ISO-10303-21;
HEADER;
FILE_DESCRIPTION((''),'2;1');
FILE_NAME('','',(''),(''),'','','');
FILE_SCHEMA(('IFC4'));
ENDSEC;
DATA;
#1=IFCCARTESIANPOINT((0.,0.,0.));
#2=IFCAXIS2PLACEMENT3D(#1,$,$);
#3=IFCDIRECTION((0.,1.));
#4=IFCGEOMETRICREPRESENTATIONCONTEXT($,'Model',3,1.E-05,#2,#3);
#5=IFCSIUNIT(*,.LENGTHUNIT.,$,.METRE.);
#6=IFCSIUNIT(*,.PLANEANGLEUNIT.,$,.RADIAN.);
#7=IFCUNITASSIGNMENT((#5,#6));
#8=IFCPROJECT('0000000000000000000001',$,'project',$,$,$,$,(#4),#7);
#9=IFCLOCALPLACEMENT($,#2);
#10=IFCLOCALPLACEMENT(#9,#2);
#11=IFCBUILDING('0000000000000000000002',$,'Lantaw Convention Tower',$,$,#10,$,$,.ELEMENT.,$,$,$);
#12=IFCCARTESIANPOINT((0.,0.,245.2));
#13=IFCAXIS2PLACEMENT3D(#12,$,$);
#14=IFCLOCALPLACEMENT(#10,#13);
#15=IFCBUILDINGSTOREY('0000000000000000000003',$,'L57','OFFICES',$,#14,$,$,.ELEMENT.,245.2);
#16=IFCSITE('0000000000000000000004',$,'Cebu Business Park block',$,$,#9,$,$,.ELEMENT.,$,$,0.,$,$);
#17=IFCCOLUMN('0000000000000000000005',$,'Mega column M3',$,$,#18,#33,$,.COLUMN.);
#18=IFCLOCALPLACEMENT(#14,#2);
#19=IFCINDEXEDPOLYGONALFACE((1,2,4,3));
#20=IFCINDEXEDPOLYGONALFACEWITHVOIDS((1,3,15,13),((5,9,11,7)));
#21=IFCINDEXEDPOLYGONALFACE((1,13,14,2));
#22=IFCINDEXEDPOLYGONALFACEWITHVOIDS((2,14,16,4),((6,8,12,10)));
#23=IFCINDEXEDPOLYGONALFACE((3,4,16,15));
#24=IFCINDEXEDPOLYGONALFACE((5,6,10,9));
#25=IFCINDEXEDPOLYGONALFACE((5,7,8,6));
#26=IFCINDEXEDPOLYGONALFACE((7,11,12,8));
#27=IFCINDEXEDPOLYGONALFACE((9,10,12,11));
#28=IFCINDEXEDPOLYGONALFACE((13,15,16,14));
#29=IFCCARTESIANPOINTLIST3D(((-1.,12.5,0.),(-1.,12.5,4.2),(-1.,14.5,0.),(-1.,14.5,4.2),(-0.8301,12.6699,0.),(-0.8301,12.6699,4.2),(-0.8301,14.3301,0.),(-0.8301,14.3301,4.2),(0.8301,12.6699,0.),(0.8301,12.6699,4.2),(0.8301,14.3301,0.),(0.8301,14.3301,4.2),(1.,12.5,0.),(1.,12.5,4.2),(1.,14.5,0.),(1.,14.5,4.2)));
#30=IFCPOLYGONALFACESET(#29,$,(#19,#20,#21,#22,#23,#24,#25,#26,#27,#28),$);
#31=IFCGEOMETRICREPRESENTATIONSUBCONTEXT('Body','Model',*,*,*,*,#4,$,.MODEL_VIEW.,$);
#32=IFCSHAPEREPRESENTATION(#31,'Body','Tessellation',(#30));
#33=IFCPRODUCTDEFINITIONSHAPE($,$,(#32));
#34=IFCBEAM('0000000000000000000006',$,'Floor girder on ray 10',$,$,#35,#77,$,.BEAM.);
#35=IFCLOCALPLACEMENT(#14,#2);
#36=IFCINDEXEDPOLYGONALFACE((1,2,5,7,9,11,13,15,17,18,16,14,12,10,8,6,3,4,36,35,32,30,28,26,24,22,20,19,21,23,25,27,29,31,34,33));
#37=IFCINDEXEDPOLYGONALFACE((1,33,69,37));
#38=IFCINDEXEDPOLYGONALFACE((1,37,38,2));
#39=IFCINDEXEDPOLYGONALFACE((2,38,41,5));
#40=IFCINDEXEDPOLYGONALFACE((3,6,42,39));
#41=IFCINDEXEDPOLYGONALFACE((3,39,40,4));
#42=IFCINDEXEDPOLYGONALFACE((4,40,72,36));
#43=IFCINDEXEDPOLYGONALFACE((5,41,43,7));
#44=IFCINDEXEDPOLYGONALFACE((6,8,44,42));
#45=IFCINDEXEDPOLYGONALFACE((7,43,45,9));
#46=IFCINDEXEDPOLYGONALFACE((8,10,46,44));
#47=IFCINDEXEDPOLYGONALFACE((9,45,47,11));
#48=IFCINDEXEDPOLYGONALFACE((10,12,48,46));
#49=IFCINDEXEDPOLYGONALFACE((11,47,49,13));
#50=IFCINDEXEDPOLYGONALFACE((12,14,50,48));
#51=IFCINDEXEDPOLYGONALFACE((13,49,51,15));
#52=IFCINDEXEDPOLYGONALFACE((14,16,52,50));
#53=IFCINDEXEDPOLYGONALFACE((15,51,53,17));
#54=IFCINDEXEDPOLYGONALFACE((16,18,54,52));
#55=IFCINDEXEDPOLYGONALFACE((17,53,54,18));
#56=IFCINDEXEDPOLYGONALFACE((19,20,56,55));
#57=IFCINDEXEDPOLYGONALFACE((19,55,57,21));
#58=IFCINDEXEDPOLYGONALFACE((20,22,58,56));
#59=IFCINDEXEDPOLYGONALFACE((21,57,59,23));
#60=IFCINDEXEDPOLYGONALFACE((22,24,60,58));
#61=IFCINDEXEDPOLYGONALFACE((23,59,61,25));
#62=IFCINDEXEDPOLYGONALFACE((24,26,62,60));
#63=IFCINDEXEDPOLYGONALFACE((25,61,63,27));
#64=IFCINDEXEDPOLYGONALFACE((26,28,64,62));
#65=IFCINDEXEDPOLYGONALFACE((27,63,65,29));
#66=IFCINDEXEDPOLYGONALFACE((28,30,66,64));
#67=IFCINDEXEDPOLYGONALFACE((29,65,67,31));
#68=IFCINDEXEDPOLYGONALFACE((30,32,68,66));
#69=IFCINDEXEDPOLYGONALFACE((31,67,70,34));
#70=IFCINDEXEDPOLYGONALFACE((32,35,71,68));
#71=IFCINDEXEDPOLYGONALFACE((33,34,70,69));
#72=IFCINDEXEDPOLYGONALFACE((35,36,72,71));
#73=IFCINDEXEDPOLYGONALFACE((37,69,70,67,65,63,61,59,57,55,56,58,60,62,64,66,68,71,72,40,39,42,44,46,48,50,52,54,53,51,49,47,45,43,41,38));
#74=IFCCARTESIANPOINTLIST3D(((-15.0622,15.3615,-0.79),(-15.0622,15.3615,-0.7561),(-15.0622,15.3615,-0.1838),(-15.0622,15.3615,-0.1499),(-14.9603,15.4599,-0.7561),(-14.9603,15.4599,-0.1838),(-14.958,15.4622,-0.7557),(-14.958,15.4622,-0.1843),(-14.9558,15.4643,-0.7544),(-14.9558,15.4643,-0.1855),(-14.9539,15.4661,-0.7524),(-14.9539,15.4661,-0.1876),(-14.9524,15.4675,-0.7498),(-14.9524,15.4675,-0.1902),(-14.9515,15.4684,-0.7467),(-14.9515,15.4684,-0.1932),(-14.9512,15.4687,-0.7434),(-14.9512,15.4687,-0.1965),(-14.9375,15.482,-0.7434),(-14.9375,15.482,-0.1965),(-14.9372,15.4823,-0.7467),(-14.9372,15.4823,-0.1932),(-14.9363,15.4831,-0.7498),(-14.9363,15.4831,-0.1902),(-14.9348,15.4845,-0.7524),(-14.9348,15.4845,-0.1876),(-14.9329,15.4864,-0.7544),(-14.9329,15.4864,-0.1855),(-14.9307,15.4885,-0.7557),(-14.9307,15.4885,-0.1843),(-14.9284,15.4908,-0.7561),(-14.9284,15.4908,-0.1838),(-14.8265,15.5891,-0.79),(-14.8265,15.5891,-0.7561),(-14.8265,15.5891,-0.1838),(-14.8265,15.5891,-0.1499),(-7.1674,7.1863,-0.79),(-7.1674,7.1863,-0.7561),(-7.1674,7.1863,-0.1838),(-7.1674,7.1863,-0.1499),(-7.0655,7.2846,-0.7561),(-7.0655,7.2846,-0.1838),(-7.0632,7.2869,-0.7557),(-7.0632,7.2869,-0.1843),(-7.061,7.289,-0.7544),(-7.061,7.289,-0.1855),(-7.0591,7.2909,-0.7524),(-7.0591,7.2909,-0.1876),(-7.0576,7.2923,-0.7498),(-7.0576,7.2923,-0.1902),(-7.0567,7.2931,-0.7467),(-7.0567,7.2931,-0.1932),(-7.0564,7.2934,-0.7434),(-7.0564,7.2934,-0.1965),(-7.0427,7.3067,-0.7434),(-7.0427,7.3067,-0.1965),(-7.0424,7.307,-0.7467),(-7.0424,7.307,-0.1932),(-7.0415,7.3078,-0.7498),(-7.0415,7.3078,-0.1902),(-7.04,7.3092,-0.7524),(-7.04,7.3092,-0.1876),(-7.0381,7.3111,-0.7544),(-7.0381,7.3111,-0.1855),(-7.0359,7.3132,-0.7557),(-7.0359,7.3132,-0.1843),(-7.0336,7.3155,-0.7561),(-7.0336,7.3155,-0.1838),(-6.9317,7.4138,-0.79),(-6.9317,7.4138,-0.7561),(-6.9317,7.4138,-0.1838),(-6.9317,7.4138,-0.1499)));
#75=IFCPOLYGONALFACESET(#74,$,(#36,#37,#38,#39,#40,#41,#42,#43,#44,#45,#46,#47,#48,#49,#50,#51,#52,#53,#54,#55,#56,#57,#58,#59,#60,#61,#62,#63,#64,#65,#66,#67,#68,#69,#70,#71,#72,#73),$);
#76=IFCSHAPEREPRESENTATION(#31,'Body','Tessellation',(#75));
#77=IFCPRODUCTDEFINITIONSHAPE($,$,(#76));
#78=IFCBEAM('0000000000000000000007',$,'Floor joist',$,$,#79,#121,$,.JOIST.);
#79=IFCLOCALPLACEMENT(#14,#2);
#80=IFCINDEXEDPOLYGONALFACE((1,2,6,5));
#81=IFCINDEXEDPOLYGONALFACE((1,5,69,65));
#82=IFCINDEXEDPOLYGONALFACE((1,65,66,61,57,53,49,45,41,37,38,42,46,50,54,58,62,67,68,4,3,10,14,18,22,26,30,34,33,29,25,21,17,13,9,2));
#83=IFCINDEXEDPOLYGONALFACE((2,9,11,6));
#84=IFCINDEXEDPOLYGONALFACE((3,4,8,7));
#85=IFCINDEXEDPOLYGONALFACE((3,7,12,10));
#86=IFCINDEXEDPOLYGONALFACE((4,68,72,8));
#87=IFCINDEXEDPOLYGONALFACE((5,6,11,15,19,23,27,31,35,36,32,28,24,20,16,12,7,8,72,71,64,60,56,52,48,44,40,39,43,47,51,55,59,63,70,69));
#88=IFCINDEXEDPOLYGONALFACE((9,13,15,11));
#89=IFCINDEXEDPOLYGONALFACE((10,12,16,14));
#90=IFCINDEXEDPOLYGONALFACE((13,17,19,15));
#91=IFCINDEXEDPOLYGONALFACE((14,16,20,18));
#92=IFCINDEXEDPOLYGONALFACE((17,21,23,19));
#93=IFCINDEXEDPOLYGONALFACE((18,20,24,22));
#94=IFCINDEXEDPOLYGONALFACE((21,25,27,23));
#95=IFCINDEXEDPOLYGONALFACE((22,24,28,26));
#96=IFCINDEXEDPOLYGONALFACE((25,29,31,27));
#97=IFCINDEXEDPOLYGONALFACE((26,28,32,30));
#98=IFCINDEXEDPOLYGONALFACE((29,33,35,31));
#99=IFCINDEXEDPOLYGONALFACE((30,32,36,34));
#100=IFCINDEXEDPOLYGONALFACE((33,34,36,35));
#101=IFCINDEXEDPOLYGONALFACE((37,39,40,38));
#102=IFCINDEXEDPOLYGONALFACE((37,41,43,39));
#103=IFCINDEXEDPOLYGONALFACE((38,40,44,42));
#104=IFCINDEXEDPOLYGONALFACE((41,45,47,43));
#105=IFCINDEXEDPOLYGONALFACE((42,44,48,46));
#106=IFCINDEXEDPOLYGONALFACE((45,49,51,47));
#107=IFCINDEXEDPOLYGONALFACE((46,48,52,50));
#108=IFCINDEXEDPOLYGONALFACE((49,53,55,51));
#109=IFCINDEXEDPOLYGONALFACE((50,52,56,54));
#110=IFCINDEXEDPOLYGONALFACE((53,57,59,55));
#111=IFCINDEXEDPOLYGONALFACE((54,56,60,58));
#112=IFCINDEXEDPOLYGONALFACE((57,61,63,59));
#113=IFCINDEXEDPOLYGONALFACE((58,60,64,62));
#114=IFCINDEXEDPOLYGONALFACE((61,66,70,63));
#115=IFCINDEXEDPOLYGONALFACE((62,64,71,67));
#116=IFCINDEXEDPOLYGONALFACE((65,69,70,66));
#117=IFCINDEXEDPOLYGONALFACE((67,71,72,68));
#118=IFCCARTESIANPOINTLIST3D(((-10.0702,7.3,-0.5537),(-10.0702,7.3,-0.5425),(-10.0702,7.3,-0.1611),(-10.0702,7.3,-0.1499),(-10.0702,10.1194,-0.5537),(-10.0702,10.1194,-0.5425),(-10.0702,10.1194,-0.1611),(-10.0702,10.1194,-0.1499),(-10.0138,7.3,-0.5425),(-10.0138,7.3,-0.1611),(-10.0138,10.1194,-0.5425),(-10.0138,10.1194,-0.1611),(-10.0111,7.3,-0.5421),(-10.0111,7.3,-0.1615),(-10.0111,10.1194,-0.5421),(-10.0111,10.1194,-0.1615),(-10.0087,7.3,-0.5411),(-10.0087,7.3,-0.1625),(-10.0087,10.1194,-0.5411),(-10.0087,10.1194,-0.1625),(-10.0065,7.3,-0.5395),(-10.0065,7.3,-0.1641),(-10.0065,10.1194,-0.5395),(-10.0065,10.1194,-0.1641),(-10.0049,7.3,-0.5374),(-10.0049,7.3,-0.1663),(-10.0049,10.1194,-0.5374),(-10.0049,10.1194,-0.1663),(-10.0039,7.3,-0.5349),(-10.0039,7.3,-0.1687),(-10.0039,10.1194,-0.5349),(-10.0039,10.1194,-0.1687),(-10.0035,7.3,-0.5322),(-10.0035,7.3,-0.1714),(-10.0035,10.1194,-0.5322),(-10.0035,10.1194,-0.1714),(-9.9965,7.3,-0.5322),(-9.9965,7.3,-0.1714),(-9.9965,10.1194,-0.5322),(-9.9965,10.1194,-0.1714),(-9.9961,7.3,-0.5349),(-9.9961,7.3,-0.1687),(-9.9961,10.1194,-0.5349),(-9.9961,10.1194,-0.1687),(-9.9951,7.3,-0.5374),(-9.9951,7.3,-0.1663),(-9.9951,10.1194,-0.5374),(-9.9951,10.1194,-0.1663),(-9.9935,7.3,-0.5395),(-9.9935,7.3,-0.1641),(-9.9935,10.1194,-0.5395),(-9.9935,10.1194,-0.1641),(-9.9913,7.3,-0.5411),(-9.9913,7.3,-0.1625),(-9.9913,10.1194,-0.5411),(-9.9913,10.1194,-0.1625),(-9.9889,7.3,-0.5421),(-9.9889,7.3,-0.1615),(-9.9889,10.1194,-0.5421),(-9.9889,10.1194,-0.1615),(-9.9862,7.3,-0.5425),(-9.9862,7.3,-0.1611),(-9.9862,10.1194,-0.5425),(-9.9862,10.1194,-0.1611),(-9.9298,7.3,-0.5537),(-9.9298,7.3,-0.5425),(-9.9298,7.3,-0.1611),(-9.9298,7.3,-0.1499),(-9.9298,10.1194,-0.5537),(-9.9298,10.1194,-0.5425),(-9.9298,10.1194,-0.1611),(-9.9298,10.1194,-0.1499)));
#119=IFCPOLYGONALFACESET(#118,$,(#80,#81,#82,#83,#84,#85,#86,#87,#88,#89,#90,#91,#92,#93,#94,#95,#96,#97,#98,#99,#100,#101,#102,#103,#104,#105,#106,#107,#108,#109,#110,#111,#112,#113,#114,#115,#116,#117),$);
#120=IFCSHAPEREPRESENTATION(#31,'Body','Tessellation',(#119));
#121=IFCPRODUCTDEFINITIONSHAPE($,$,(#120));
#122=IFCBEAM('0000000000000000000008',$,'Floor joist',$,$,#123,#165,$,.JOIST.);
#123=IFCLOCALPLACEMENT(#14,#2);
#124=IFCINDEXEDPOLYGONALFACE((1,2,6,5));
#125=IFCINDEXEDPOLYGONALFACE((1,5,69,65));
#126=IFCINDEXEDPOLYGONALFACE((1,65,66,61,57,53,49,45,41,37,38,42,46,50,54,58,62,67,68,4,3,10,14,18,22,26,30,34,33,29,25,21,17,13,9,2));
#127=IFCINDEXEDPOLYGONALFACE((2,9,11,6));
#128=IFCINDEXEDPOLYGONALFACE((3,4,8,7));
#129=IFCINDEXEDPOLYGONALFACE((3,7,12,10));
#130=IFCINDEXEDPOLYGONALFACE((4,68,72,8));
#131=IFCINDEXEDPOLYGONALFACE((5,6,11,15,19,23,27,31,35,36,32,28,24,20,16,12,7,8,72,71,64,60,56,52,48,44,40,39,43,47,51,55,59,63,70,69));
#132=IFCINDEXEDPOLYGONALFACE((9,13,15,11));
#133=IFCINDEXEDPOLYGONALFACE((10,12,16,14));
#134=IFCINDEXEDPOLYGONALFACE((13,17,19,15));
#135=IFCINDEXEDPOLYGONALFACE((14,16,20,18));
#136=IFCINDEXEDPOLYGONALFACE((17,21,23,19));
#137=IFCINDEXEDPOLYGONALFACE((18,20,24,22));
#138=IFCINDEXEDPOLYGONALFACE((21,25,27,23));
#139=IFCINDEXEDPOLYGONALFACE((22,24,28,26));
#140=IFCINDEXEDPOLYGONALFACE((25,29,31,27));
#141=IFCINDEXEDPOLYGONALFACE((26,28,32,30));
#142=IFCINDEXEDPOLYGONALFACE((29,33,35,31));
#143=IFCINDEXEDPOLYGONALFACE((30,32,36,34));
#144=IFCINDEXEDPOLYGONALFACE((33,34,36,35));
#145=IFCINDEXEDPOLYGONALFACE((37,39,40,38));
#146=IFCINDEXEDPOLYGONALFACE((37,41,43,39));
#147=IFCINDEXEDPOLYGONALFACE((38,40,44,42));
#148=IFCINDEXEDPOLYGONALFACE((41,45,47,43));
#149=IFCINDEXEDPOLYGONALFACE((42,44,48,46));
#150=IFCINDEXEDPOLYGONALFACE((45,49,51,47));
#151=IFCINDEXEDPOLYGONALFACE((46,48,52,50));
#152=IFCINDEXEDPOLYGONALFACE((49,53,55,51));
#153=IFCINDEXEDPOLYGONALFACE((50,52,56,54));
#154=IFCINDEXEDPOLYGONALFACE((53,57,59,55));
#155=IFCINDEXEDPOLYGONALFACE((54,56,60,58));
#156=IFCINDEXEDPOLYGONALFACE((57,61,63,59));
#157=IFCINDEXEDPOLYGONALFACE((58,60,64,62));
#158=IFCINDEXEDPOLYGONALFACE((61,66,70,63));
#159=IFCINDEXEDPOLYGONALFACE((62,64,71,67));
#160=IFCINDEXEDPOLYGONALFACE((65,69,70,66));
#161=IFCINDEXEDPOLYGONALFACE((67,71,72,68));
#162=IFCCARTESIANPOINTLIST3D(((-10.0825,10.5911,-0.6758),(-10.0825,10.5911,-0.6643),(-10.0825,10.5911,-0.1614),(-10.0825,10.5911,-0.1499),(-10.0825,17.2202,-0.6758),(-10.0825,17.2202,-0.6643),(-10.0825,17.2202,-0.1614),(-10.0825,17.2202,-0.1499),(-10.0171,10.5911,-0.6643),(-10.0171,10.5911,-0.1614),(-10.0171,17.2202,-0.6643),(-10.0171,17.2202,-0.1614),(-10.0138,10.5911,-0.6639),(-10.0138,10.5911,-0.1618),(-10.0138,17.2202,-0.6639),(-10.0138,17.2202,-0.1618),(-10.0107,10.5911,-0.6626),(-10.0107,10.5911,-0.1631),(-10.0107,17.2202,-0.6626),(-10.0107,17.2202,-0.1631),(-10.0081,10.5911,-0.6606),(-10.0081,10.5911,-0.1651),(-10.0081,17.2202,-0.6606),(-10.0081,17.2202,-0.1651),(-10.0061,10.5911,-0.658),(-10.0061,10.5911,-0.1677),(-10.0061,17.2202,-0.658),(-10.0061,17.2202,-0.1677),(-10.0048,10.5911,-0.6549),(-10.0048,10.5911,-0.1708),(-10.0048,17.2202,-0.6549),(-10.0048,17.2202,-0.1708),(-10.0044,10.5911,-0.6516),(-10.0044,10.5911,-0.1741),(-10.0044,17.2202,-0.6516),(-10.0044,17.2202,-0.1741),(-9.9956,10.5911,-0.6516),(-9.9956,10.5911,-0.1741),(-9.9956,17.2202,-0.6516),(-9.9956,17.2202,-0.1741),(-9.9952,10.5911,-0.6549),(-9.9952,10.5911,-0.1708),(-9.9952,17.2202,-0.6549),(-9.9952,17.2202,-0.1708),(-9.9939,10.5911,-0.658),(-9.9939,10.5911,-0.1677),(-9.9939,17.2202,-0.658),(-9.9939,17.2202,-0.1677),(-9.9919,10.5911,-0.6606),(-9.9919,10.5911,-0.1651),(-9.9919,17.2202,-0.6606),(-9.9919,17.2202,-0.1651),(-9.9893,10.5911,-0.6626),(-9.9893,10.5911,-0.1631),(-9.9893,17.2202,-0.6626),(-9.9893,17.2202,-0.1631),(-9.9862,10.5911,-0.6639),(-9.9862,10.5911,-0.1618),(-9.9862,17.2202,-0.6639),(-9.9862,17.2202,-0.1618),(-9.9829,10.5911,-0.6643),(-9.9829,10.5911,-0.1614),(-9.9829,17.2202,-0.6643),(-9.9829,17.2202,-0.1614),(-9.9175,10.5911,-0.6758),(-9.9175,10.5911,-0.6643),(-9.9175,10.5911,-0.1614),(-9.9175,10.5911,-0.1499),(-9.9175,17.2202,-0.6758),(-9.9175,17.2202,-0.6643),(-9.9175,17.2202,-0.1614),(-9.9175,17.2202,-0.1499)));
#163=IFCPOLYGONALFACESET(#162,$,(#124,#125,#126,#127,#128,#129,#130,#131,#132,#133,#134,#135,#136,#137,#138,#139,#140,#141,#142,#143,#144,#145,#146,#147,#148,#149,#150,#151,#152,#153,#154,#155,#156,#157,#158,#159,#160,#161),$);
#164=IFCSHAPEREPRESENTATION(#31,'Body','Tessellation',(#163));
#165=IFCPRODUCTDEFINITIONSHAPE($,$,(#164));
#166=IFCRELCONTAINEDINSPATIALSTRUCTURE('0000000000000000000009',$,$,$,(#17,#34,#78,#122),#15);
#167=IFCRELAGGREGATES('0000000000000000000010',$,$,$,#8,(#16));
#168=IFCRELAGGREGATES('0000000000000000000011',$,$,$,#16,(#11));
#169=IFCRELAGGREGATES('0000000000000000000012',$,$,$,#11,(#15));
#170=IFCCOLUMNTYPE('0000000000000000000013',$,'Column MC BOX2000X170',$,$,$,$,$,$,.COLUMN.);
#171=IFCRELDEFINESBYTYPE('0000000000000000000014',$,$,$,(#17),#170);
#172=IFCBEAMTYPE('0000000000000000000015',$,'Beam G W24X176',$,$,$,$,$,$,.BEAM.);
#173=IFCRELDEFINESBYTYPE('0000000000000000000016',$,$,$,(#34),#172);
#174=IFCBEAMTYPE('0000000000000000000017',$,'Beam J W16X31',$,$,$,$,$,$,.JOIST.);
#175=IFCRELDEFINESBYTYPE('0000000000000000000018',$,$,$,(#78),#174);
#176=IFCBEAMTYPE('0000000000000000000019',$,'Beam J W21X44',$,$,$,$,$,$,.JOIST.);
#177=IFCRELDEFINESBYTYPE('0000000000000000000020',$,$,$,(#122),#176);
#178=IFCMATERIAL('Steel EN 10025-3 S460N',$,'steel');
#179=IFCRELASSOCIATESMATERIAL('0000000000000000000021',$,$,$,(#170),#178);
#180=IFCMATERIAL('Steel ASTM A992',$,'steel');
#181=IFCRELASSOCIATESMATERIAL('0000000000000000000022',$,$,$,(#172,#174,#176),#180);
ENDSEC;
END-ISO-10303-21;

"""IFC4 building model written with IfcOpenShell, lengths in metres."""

from ifc_helpers import new_model, si_unit, direction, frame, origin, origin_2d, place, context, subcontext, project, spatial, rectangle, hollow_rectangle, i_section, extrude, material, material_profile, profile_set, type_object, element, save


model = new_model("IFC4")

# Units and contexts
model_context = context("Model", 3, precision=1e-05, world=origin(), true_north=direction((0.0, 1.0)))
body_context = subcontext(model_context, "Body", "Model", "MODEL_VIEW")
ifc_project = project(units=[si_unit("LENGTHUNIT", "METRE"), si_unit("PLANEANGLEUNIT", "RADIAN")], contexts=[model_context])

# Site, building, storey
site_placement = place(None, origin())
site = spatial("IfcSite", under=ifc_project, at=site_placement, Name="Cebu Business Park block", CompositionType="ELEMENT", RefElevation=0.0)
building_placement = place(site_placement, origin())
building = spatial("IfcBuilding", under=site, at=building_placement, Name="Lantaw Convention Tower", CompositionType="ELEMENT")
storey_placement = place(building_placement, frame((0.0, 0.0, 245.2)))
storey = spatial("IfcBuildingStorey", under=building, at=storey_placement, Name="L57", Description="OFFICES", CompositionType="ELEMENT", Elevation=245.2)

# Column
ifc_material_1 = material(Name="Steel EN 10025-3 S460N", Category="steel")
ifc_material_profile_1 = material_profile(ifc_material_1, hollow_rectangle(XDim=2.0, YDim=2.0, WallThickness=0.1699, at=origin_2d()), Name="BOX2000X170")
ifc_material_2 = material(Name="Concrete C60/75", Category="concrete")
ifc_material_profile_2 = material_profile(ifc_material_2, rectangle(XDim=1.6599, YDim=1.6599, at=origin_2d()), Name="Concrete fill of BOX2000X170")
ifc_profile_set_1 = profile_set([ifc_material_profile_1, ifc_material_profile_2], Name="Steel EN 10025-3 S460N")
column_type = type_object("IfcColumnType", Name="Column MC BOX2000X170", PredefinedType="COLUMN", material=ifc_profile_set_1)
column_placement = place(storey_placement, frame((0.0, 13.5, 0.0), z_axis=(0.0, 0.0, 1.0), x_axis=(1.0, 0.0, 0.0)))
element("IfcColumn", 1, at=column_placement, inside=storey, type_object=column_type, Name="Mega column M3", PredefinedType="COLUMN", context=body_context, shape_type="SweptSolid", body=[
    extrude(hollow_rectangle(XDim=2.0, YDim=2.0, WallThickness=0.1699, at=origin_2d()), origin(), (0.0, 0.0, 1.0), 4.2),
])

# Beams
ifc_material_3 = material(Name="Steel ASTM A992", Category="steel")
ifc_material_profile_3 = material_profile(ifc_material_3, i_section(OverallWidth=0.3276, OverallDepth=0.6401, WebThickness=0.019, FlangeThickness=0.0339, FilletRadius=0.0127, at=origin_2d()), Name="W24X176")
ifc_profile_set_2 = profile_set([ifc_material_profile_3], Name="Steel ASTM A992")
beam_type_1 = type_object("IfcBeamType", Name="Beam G W24X176", PredefinedType="BEAM", material=ifc_profile_set_2)
beam_1_placement = place(storey_placement, frame((-7.0496, 7.3, -0.47), z_axis=(-0.694658, 0.71934, 0.0), x_axis=(-0.71934, -0.694658, 0.0)))
element("IfcBeam", 2, at=beam_1_placement, inside=storey, type_object=beam_type_1, Name="Floor girder on ray 10", PredefinedType="BEAM", context=body_context, shape_type="SweptSolid", body=[
    extrude(i_section(OverallWidth=0.3276, OverallDepth=0.6401, WebThickness=0.019, FlangeThickness=0.0339, FilletRadius=0.0127, at=origin_2d()), origin(), (0.0, 0.0, 1.0), 11.365),
])
ifc_material_profile_4 = material_profile(ifc_material_3, i_section(OverallWidth=0.1404, OverallDepth=0.4038, WebThickness=0.0071, FlangeThickness=0.0112, FilletRadius=0.0103, at=origin_2d()), Name="W16X31")
ifc_profile_set_3 = profile_set([ifc_material_profile_4], Name="Steel ASTM A992")
beam_type_2 = type_object("IfcBeamType", Name="Beam J W16X31", PredefinedType="JOIST", material=ifc_profile_set_3)
beam_2_placement = place(storey_placement, frame((-10.0, 7.3, -0.3518), z_axis=(0.0, 1.0, 0.0), x_axis=(-1.0, 0.0, 0.0)))
element("IfcBeam", 3, at=beam_2_placement, inside=storey, type_object=beam_type_2, Name="Floor joist", PredefinedType="JOIST", context=body_context, shape_type="SweptSolid", body=[
    extrude(i_section(OverallWidth=0.1404, OverallDepth=0.4038, WebThickness=0.0071, FlangeThickness=0.0112, FilletRadius=0.0103, at=origin_2d()), origin(), (0.0, 0.0, 1.0), 2.8193),
])
ifc_material_profile_5 = material_profile(ifc_material_3, i_section(OverallWidth=0.165, OverallDepth=0.5259, WebThickness=0.0088, FlangeThickness=0.0115, FilletRadius=0.0127, at=origin_2d()), Name="W21X44")
ifc_profile_set_4 = profile_set([ifc_material_profile_5], Name="Steel ASTM A992")
beam_type_3 = type_object("IfcBeamType", Name="Beam J W21X44", PredefinedType="JOIST", material=ifc_profile_set_4)
beam_3_placement = place(storey_placement, frame((-10.0, 10.5911, -0.4128), z_axis=(0.0, 1.0, 0.0), x_axis=(-1.0, 0.0, 0.0)))
element("IfcBeam", 4, at=beam_3_placement, inside=storey, type_object=beam_type_3, Name="Floor joist", PredefinedType="JOIST", context=body_context, shape_type="SweptSolid", body=[
    extrude(i_section(OverallWidth=0.165, OverallDepth=0.5259, WebThickness=0.0088, FlangeThickness=0.0115, FilletRadius=0.0127, at=origin_2d()), origin(), (0.0, 0.0, 1.0), 6.6292),
])

save(model, "model.ifc")
